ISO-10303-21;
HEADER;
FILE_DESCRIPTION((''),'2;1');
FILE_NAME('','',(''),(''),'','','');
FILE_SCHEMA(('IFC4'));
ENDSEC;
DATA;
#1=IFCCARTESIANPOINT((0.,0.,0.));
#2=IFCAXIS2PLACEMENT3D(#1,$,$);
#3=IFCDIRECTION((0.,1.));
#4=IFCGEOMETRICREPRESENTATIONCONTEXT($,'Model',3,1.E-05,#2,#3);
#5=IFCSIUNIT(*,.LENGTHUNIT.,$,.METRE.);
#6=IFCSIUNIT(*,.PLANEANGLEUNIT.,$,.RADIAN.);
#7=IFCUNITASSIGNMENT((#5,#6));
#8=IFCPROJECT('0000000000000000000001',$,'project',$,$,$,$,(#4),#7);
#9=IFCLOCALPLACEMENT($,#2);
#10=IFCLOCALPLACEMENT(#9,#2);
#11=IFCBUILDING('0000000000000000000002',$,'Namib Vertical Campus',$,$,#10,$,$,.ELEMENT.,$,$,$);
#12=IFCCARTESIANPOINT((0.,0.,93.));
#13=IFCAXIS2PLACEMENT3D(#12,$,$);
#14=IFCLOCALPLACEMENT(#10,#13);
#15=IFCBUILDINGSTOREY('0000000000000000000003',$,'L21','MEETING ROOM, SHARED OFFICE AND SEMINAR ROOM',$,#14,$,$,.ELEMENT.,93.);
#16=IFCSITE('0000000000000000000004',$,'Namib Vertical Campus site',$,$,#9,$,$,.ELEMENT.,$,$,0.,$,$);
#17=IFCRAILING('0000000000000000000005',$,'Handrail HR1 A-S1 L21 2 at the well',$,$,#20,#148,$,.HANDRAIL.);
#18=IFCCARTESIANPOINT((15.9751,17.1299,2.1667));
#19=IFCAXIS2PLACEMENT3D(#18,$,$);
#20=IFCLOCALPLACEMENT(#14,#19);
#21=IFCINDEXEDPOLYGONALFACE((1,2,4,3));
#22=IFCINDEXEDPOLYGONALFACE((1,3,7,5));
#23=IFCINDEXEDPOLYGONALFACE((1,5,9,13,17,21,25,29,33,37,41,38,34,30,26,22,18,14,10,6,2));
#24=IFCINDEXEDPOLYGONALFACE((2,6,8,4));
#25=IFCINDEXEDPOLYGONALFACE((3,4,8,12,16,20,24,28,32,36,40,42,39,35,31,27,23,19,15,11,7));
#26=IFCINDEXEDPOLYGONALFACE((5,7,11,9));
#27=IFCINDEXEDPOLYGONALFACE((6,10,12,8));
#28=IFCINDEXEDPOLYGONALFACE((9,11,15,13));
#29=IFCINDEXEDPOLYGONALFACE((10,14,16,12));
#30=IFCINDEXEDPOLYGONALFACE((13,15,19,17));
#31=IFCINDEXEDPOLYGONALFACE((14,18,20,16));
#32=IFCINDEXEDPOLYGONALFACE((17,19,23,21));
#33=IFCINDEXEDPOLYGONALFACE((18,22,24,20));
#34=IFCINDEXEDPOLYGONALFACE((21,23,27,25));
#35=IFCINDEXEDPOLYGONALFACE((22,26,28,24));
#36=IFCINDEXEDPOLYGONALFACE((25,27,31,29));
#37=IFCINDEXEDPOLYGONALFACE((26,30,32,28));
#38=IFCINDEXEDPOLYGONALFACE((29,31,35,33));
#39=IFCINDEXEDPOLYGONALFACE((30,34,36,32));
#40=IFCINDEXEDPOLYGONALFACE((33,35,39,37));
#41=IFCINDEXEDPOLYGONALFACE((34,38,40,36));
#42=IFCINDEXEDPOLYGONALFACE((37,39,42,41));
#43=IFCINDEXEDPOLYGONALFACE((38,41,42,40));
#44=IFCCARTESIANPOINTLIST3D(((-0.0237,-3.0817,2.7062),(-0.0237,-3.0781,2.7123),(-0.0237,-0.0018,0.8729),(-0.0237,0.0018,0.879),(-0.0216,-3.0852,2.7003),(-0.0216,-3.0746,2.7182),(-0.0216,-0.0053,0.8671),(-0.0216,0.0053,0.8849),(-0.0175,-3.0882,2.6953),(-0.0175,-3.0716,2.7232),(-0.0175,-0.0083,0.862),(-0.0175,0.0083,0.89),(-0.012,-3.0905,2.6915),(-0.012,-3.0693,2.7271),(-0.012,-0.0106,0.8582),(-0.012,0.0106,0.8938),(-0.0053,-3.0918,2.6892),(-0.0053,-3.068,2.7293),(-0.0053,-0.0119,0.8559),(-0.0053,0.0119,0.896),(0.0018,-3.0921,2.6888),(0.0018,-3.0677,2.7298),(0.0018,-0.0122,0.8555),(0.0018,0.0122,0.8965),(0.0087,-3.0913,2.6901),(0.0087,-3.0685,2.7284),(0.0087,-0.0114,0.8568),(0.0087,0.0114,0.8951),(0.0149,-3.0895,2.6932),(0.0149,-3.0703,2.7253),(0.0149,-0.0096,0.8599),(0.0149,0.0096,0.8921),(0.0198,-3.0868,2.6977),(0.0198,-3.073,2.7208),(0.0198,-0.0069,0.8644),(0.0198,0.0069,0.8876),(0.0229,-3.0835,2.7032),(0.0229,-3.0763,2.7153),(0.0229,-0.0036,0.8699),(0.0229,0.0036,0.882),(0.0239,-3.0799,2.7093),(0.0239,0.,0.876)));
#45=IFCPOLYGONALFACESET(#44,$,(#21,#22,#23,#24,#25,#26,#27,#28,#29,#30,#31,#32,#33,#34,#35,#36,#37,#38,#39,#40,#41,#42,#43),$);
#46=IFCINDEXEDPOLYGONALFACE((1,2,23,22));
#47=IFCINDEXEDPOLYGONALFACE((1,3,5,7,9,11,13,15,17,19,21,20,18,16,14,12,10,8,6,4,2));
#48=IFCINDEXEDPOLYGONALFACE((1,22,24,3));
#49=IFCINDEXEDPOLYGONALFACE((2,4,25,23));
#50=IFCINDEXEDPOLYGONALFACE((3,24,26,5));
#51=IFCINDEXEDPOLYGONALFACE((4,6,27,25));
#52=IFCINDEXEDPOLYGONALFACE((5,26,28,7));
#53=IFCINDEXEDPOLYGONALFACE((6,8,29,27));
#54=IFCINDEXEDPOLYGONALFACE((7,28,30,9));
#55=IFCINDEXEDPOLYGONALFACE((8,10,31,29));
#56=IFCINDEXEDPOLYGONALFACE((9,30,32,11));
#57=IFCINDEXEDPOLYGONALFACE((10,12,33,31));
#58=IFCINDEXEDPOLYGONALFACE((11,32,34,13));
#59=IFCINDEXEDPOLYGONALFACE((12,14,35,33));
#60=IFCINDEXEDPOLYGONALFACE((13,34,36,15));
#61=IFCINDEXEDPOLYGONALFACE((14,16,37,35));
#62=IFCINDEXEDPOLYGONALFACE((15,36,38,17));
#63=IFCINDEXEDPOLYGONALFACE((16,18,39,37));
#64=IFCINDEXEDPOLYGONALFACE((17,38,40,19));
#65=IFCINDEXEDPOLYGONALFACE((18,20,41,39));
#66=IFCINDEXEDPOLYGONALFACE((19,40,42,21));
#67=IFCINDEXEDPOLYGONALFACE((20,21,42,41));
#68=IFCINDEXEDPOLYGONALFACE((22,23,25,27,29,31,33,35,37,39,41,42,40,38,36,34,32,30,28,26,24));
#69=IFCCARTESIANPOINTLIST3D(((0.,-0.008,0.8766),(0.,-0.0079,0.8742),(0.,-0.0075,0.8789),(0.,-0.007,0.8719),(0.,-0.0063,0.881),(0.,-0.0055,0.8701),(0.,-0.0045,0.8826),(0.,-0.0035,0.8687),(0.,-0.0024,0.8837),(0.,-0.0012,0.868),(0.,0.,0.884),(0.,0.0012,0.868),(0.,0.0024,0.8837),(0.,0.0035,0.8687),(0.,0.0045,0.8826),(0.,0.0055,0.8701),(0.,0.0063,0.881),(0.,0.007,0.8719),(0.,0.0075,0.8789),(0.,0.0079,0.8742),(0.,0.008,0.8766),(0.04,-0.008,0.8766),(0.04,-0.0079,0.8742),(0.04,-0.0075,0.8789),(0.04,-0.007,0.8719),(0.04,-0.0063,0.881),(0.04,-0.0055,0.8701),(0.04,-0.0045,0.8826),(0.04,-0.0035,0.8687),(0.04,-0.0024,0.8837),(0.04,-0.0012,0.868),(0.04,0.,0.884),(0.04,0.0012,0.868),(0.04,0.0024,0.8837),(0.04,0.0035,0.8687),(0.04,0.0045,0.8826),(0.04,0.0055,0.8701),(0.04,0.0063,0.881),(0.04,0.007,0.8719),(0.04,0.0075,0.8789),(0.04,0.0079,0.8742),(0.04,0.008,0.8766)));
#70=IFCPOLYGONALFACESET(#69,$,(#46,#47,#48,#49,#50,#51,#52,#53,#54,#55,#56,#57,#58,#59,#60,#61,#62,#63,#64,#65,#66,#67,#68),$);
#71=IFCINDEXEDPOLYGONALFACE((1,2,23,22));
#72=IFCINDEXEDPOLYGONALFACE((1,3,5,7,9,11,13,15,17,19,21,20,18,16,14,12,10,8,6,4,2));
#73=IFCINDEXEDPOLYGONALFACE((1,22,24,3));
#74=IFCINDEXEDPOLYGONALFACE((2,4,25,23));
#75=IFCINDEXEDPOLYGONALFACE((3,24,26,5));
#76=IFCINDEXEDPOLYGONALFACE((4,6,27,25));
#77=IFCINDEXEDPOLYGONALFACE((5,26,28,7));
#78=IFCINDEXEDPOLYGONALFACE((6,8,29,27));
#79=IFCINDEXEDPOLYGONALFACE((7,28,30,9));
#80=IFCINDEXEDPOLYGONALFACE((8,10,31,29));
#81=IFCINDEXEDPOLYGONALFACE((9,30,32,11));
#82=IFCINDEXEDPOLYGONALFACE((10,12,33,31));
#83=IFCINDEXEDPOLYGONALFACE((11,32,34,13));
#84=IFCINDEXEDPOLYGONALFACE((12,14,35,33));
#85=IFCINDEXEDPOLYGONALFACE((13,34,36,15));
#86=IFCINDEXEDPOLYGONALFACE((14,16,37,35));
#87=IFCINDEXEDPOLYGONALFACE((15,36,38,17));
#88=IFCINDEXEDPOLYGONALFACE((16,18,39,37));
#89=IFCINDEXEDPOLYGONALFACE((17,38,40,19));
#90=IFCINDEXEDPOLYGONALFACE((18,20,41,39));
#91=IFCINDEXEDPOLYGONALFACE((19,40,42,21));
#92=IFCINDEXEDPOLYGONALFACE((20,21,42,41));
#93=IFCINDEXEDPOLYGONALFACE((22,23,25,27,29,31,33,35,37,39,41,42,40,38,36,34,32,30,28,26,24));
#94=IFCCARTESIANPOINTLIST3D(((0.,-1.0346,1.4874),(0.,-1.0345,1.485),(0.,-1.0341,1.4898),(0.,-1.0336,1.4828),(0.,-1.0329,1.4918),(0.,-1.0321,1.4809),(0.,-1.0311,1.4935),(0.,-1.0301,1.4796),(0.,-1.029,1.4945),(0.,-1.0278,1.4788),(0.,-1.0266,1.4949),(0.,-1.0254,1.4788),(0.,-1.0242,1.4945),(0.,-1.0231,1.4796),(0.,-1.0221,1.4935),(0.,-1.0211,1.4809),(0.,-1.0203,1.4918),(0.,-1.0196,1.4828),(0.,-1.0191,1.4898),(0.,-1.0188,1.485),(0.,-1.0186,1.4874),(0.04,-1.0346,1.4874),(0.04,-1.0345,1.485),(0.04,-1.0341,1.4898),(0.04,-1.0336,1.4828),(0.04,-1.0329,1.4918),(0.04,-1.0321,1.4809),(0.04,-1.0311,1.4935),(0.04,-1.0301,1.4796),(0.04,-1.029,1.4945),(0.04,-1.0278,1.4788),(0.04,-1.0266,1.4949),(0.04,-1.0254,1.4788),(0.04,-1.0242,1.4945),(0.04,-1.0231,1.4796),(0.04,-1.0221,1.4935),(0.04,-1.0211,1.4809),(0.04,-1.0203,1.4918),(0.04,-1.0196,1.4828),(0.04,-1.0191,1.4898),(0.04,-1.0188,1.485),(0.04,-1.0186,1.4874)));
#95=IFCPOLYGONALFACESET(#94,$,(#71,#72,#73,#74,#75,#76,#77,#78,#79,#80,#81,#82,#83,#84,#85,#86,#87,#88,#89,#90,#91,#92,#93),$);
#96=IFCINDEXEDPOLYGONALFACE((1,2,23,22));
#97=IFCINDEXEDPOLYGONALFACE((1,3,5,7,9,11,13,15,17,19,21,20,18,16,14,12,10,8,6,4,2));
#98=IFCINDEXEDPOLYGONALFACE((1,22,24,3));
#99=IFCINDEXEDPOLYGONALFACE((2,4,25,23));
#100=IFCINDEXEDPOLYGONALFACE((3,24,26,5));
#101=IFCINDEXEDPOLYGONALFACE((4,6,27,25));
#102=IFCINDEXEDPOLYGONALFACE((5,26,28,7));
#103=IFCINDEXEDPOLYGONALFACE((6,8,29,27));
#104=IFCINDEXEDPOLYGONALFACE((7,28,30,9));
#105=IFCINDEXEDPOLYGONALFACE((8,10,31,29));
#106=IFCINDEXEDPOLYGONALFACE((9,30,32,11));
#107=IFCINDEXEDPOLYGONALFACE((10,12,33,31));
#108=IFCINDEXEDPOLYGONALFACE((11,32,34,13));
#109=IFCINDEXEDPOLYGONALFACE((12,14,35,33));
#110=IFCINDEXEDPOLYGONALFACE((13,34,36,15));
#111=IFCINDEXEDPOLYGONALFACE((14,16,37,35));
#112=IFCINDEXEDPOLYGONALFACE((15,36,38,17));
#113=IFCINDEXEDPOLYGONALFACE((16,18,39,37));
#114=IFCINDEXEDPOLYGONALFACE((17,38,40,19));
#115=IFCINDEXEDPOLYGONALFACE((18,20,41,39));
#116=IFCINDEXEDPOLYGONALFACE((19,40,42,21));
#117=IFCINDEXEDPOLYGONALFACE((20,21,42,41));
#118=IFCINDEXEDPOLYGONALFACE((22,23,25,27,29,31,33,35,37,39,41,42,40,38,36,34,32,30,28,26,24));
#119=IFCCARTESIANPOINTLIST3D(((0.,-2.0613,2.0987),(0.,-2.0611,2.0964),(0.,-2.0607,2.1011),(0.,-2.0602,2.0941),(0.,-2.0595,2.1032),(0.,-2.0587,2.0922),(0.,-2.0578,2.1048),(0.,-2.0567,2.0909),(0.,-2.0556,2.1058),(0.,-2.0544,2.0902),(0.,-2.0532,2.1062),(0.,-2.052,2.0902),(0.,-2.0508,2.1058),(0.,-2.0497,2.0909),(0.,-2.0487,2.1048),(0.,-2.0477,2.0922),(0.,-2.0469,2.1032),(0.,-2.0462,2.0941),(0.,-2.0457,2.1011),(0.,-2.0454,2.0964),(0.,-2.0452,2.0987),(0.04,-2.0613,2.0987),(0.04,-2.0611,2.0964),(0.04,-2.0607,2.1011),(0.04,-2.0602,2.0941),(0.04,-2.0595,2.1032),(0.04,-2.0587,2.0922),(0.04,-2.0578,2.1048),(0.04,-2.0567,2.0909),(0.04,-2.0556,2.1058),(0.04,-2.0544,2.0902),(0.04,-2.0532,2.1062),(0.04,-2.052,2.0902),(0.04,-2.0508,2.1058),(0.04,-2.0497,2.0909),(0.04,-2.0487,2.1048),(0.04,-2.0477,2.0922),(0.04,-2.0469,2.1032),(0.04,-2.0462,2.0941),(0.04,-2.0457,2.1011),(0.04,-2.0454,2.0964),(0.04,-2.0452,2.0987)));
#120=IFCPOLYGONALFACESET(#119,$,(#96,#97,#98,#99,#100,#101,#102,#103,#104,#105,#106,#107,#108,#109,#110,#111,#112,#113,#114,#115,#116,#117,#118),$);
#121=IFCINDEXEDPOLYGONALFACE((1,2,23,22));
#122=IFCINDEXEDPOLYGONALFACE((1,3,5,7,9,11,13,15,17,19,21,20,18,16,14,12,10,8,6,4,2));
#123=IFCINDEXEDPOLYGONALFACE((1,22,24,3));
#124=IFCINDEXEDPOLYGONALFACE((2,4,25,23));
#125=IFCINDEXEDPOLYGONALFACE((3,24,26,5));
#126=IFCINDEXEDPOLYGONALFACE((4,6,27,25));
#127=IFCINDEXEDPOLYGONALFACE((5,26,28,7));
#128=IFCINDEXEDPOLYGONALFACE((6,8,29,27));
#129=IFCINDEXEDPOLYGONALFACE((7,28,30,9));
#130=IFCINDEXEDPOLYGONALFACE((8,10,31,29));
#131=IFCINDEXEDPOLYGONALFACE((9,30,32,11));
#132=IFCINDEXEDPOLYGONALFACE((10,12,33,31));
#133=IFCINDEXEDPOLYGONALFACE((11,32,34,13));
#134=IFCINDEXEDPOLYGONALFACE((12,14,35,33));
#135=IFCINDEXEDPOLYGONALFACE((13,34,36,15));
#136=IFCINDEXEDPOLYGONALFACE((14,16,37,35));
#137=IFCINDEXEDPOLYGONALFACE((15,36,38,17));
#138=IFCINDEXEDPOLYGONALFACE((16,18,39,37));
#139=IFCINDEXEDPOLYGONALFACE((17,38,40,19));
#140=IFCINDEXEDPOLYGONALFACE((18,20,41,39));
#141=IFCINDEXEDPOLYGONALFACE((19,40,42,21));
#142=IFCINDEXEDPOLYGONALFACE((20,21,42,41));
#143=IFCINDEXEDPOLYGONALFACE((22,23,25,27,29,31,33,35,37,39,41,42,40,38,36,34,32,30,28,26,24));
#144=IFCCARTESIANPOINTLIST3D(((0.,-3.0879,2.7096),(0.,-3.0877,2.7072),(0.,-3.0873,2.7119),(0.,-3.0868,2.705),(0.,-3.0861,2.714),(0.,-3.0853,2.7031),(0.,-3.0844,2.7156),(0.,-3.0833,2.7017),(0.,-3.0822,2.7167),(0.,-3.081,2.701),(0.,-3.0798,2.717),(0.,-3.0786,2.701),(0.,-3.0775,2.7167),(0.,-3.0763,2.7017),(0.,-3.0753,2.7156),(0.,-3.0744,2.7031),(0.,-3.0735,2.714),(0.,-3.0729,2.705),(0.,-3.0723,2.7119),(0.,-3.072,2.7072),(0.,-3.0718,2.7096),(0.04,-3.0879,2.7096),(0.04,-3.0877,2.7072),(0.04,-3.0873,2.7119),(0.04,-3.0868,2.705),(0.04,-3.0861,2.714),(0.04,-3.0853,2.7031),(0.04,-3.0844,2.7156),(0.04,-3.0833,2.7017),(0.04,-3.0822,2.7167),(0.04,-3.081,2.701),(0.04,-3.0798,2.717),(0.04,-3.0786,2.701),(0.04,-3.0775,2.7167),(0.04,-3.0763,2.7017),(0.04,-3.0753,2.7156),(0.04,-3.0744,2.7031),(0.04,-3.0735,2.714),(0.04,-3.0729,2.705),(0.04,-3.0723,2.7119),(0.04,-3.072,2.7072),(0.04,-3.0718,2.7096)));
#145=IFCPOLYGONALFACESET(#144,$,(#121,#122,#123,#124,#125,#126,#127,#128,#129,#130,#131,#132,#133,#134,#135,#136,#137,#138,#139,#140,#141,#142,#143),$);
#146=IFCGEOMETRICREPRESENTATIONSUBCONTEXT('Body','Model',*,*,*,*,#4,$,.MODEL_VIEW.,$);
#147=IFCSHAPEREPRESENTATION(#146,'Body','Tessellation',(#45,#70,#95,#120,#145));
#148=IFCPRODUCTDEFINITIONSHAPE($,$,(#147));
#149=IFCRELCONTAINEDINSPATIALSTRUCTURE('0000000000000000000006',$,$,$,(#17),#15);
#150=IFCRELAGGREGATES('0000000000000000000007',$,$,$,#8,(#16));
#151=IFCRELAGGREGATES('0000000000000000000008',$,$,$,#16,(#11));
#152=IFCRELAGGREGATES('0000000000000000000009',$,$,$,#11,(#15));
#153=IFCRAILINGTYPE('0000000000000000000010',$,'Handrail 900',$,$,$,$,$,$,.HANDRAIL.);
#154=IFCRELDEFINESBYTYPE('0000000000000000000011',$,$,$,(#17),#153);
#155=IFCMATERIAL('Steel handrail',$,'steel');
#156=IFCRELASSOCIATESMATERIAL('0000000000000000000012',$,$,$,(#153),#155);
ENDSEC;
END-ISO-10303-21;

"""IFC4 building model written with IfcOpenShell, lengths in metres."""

from ifc_helpers import new_model, si_unit, direction, frame, origin, origin_2d, place, context, subcontext, project, spatial, circle, extrude, material, type_object, element, save


model = new_model("IFC4")

# Units and contexts
model_context = context("Model", 3, precision=1e-05, world=origin(), true_north=direction((0.0, 1.0)))
body_context = subcontext(model_context, "Body", "Model", "MODEL_VIEW")
ifc_project = project(units=[si_unit("LENGTHUNIT", "METRE"), si_unit("PLANEANGLEUNIT", "RADIAN")], contexts=[model_context])

# Site, building, storey
site_placement = place(None, origin())
site = spatial("IfcSite", under=ifc_project, at=site_placement, Name="Namib Vertical Campus site", CompositionType="ELEMENT", RefElevation=0.0)
building_placement = place(site_placement, origin())
building = spatial("IfcBuilding", under=site, at=building_placement, Name="Namib Vertical Campus", CompositionType="ELEMENT")
storey_placement = place(building_placement, frame((0.0, 0.0, 93.0)))
storey = spatial("IfcBuildingStorey", under=building, at=storey_placement, Name="L21", Description="MEETING ROOM, SHARED OFFICE AND SEMINAR ROOM", CompositionType="ELEMENT", Elevation=93.0)

# Railing
ifc_material_1 = material(Name="Steel handrail", Category="steel")
railing_type_1 = type_object("IfcRailingType", Name="Handrail 900", PredefinedType="HANDRAIL", material=ifc_material_1)
railing_1_placement = place(storey_placement, frame((15.9751, 17.1299, 2.1667)))
element("IfcRailing", 1, at=railing_1_placement, inside=storey, type_object=railing_type_1, Name="Handrail HR1 A-S1 L21 2 at the well", PredefinedType="HANDRAIL", context=body_context, shape_type="SweptSolid", body=[
    extrude(circle(Radius=0.0239, at=origin_2d()), frame((0.0, 0.0, 0.876), z_axis=(0.0, -0.859291, 0.511487), x_axis=(1.0, 0.0, 0.0)), (0.0, 0.0, 1.0), 3.5842),
    extrude(circle(Radius=0.0081, at=origin_2d()), frame((0.0, 0.0, 0.876), z_axis=(1.0, 0.0, 0.0), x_axis=(0.0, 0.0, 1.0)), (0.0, 0.0, 1.0), 0.04),
    extrude(circle(Radius=0.0081, at=origin_2d()), frame((0.0, -1.0266, 1.4868), z_axis=(1.0, 0.0, 0.0), x_axis=(0.0, 0.0, 1.0)), (0.0, 0.0, 1.0), 0.04),
    extrude(circle(Radius=0.0081, at=origin_2d()), frame((0.0, -2.0532, 2.0981), z_axis=(1.0, 0.0, 0.0), x_axis=(0.0, 0.0, 1.0)), (0.0, 0.0, 1.0), 0.04),
    extrude(circle(Radius=0.0081, at=origin_2d()), frame((0.0, -3.0798, 2.709), z_axis=(1.0, 0.0, 0.0), x_axis=(0.0, 0.0, 1.0)), (0.0, 0.0, 1.0), 0.04),
])

save(model, "model.ifc")
